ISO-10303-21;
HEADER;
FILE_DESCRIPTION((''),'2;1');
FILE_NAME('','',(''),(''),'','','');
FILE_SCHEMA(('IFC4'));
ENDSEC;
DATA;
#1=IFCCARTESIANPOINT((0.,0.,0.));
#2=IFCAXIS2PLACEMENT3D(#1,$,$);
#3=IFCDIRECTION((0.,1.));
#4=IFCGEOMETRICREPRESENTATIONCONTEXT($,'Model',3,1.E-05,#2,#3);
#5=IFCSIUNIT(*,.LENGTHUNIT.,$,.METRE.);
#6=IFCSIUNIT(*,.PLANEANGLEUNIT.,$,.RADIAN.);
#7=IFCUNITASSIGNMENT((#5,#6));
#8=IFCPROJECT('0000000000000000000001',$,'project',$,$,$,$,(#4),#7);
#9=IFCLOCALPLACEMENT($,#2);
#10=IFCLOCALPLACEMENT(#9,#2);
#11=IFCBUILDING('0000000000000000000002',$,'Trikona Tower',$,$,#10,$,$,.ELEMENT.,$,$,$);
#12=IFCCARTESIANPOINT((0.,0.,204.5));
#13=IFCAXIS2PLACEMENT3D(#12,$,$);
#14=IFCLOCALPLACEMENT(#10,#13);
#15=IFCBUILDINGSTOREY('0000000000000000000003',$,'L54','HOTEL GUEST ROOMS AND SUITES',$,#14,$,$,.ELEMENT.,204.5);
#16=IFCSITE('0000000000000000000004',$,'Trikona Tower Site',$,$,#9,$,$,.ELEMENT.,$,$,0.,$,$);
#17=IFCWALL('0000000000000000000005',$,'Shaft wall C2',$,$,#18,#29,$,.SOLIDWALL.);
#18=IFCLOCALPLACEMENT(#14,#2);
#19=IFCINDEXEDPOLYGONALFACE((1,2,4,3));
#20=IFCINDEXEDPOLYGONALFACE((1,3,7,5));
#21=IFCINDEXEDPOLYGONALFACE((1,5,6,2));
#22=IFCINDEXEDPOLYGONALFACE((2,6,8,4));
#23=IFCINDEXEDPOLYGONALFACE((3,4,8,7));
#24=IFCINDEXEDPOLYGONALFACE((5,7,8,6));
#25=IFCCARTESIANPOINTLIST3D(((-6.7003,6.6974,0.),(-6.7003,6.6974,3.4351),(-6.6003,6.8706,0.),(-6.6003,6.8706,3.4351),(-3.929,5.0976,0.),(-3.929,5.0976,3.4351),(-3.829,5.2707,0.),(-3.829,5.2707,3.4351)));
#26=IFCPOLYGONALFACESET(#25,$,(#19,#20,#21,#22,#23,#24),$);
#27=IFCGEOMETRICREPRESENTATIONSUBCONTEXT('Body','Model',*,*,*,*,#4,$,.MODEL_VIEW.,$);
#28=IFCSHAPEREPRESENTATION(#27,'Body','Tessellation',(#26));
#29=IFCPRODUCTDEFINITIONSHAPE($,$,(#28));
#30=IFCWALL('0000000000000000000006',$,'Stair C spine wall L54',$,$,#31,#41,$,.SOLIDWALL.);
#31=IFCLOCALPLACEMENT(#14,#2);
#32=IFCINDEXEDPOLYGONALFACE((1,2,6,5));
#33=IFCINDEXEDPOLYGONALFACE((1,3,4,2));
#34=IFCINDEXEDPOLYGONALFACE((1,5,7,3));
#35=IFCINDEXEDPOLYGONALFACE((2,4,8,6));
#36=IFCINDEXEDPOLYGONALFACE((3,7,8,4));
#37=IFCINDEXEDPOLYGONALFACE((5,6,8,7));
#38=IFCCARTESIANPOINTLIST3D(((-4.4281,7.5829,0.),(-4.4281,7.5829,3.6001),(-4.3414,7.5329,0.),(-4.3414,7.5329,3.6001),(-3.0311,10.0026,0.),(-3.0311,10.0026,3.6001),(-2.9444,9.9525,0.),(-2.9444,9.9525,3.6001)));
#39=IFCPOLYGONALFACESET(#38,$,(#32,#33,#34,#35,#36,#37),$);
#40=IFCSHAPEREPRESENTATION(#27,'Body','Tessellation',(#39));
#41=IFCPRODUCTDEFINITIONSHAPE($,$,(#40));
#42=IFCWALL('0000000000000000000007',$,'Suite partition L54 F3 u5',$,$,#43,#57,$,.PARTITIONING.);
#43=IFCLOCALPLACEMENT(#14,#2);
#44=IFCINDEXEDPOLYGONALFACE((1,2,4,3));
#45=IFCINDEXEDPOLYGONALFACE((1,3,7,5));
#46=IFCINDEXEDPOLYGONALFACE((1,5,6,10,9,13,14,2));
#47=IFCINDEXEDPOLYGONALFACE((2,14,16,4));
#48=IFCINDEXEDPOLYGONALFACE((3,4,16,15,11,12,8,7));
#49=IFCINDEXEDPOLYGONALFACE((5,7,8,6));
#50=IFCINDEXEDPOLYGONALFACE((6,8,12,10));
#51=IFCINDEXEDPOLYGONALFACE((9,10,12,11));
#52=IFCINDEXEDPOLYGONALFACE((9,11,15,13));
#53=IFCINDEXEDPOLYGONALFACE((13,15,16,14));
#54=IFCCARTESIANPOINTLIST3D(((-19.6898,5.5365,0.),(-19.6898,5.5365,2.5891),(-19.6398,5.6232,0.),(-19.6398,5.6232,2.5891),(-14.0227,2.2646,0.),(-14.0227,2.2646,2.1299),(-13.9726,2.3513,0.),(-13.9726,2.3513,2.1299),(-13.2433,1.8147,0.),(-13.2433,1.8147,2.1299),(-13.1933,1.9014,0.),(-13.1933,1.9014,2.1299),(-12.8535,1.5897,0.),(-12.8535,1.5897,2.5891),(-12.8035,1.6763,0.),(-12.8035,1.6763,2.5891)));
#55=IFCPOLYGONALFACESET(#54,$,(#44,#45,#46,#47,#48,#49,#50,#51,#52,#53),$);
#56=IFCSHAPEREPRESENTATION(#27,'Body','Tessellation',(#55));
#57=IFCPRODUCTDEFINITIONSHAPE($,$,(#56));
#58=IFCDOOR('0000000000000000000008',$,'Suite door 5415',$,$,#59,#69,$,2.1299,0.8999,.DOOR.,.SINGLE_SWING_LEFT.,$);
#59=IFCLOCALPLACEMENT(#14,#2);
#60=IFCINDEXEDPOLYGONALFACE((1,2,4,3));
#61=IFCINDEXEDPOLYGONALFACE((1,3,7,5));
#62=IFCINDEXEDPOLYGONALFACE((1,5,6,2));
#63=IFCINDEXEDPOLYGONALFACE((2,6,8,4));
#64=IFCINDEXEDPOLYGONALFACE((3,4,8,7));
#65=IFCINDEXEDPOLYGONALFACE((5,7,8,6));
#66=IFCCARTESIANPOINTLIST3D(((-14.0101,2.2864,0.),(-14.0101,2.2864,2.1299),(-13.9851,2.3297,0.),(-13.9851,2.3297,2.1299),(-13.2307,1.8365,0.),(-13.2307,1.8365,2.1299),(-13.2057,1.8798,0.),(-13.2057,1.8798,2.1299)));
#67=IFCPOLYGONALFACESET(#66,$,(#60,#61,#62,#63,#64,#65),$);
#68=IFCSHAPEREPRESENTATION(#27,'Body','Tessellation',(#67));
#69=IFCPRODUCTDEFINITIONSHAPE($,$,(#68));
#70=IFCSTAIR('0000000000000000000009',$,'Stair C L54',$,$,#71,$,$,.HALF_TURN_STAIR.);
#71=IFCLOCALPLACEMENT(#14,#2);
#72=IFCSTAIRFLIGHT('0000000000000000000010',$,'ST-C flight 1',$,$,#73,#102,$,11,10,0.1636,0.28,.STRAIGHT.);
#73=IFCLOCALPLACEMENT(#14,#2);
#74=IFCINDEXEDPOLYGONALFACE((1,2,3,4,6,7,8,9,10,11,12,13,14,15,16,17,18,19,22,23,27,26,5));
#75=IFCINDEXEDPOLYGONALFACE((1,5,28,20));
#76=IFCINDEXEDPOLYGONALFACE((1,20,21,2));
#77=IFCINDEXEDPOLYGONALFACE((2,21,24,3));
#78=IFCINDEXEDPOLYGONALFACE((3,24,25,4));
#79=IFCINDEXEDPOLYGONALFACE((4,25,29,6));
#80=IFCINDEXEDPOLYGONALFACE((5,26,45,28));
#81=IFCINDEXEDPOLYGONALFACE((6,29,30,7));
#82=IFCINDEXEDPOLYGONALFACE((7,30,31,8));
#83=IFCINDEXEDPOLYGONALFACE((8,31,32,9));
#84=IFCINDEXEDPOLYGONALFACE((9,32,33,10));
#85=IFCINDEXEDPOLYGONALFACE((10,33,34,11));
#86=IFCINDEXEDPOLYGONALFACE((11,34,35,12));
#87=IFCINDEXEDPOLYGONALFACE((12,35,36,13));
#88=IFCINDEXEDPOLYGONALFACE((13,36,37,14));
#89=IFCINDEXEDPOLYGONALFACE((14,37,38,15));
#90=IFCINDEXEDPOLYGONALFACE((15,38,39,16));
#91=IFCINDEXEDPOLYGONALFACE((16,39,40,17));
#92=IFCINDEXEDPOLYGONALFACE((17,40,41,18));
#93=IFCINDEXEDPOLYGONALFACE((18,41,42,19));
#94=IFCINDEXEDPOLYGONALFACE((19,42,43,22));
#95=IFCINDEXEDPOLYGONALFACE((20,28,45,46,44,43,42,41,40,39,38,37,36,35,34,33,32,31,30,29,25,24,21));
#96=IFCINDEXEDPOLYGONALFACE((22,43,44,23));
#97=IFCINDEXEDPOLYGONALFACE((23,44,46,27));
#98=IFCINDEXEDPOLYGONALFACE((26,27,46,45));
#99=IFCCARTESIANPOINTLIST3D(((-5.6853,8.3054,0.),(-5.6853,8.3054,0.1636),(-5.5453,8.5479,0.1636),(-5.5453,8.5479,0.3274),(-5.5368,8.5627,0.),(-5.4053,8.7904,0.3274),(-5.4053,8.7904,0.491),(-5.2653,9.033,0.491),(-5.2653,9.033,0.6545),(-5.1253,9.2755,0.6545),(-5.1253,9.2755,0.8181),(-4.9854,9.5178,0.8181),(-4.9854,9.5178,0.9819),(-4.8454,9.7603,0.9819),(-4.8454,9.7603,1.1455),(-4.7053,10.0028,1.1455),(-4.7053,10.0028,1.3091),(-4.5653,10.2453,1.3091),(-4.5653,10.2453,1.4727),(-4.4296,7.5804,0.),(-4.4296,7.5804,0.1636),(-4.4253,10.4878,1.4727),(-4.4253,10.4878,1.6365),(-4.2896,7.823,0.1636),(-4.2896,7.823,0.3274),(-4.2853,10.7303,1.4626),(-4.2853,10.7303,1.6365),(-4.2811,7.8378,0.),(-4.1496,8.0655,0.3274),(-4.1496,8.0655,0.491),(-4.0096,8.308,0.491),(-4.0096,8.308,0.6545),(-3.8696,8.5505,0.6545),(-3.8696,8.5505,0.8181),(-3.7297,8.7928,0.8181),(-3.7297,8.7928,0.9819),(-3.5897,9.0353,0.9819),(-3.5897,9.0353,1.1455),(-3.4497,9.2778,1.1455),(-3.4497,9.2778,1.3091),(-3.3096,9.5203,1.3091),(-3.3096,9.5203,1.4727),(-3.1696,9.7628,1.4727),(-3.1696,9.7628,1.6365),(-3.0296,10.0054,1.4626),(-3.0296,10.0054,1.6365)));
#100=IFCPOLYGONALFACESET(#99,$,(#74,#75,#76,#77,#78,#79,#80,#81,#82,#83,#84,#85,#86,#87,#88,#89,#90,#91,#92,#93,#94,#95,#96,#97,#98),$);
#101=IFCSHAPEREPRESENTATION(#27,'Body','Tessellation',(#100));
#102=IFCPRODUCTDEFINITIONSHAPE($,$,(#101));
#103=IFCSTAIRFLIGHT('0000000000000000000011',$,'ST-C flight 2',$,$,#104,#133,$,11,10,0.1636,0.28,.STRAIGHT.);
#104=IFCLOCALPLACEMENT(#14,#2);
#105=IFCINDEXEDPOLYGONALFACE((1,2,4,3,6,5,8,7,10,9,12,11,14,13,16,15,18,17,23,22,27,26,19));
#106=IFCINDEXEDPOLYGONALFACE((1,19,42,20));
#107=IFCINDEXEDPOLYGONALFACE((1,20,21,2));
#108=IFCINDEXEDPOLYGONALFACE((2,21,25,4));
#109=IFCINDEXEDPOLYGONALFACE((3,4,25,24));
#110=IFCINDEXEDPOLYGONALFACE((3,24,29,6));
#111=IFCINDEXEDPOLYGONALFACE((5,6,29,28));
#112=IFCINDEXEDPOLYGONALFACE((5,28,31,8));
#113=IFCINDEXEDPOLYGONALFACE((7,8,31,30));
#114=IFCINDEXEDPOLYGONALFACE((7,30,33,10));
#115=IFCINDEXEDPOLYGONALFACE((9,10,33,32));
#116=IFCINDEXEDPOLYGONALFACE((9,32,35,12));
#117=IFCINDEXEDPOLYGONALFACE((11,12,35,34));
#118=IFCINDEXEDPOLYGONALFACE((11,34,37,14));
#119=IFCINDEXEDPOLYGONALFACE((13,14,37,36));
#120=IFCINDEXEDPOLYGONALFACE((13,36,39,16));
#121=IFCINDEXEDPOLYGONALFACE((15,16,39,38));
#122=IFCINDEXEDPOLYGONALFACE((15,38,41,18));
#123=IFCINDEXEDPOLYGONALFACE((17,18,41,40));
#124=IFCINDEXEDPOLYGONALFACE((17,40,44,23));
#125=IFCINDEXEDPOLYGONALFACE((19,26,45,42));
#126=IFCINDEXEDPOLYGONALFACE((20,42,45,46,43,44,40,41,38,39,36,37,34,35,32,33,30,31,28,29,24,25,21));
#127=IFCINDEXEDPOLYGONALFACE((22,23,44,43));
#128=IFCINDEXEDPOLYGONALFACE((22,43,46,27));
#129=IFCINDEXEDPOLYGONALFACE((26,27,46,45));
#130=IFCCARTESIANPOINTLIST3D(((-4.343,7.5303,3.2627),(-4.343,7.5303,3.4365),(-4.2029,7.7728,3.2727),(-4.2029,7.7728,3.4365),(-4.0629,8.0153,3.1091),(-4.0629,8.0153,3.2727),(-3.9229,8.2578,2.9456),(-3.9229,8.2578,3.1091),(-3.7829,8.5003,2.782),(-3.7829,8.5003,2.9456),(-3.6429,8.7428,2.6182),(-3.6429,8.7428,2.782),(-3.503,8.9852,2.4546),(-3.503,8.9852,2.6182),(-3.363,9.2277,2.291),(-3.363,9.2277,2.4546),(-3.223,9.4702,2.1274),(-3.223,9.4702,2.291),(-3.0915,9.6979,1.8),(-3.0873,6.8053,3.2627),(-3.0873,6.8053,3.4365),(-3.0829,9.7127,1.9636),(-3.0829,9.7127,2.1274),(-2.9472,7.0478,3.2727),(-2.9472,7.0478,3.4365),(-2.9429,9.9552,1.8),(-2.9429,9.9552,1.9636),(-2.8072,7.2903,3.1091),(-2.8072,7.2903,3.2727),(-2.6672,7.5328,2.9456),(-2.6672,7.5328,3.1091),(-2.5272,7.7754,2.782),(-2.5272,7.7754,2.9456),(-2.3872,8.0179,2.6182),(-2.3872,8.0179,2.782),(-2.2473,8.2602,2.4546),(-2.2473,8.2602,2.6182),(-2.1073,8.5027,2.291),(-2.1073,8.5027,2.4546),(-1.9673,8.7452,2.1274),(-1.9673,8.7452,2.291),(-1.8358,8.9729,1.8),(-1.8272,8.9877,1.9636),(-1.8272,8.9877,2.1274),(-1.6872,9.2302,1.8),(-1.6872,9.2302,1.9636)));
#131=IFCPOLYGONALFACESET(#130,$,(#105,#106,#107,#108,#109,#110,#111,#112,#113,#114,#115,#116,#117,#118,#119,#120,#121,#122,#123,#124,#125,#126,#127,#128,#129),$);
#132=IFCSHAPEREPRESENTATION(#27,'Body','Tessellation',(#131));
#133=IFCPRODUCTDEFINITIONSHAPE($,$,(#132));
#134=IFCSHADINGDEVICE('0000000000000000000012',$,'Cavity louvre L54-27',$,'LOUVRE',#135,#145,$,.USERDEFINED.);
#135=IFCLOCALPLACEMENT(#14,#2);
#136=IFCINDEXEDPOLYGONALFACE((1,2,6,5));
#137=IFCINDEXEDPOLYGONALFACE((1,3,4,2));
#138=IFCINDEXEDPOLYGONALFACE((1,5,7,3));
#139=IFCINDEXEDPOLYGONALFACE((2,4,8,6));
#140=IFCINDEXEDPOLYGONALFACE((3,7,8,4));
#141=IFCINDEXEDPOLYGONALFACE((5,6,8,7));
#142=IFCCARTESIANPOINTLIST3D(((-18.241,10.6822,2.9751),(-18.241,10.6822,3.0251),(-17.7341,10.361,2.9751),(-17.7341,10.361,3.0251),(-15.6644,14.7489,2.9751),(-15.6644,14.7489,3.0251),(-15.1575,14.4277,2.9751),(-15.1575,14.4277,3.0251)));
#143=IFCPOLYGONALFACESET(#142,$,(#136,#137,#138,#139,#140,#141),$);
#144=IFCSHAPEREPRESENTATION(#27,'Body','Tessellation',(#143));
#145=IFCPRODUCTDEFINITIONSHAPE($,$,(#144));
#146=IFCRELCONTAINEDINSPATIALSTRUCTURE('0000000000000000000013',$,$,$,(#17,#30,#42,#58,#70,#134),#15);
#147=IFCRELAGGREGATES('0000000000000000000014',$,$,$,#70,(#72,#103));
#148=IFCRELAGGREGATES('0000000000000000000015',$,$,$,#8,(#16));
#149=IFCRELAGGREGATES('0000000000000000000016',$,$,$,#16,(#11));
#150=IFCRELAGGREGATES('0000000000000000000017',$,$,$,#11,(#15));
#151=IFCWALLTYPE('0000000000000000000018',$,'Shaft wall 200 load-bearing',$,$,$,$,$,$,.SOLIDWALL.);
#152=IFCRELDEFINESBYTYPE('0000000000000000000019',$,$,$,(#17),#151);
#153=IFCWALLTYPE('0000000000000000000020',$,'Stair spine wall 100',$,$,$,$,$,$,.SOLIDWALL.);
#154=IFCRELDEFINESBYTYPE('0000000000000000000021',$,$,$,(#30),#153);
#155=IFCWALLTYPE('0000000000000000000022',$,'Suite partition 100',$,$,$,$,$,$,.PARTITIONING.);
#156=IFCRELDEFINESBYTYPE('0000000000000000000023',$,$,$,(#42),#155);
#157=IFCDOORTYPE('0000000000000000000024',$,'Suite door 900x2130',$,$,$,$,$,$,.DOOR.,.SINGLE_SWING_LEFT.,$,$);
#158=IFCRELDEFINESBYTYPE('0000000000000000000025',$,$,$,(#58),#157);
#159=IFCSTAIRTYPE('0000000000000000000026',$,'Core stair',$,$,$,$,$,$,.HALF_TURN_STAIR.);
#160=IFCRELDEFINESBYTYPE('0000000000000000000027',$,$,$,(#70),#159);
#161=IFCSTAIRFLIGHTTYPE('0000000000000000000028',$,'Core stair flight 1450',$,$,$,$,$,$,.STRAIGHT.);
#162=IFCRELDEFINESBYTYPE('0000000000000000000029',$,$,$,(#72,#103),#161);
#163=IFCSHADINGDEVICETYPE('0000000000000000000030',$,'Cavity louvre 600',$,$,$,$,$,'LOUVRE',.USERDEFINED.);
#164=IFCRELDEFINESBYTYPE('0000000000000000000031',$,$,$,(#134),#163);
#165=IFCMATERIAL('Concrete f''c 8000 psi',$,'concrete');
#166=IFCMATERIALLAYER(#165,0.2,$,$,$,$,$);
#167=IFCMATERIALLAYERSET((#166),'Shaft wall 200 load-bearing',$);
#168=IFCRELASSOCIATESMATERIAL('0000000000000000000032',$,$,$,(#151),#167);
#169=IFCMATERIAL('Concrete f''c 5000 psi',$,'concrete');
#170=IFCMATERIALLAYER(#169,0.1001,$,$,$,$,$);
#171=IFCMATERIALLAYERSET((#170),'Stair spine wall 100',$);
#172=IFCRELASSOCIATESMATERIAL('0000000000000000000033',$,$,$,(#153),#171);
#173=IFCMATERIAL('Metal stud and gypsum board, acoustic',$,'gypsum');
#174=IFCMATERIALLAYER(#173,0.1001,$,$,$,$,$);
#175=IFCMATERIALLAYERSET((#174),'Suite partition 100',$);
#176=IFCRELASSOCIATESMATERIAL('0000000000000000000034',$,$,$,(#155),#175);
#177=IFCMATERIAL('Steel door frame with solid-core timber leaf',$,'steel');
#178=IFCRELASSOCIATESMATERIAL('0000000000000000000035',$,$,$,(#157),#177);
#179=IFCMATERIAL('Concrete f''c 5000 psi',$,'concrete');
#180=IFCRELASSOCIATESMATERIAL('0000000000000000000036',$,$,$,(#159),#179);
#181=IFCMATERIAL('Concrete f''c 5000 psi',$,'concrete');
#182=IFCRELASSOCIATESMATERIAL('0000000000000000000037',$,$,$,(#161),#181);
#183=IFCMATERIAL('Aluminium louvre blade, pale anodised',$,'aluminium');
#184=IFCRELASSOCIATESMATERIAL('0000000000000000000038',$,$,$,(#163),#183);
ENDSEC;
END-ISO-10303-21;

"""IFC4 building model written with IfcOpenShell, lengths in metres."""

from ifc_helpers import new_model, si_unit, direction, frame, frame_2d, origin, origin_2d, place, context, subcontext, project, spatial, polyline, rectangle, outline, extrude, material, layer, layer_set, type_object, element, fill, aggregate, save


model = new_model("IFC4")

# Units and contexts
model_context = context("Model", 3, precision=1e-05, world=origin(), true_north=direction((0.0, 1.0)))
body_context = subcontext(model_context, "Body", "Model", "MODEL_VIEW")
ifc_project = project(units=[si_unit("LENGTHUNIT", "METRE"), si_unit("PLANEANGLEUNIT", "RADIAN")], contexts=[model_context])

# Site, building, storey
site_placement = place(None, origin())
site = spatial("IfcSite", under=ifc_project, at=site_placement, Name="Trikona Tower Site", CompositionType="ELEMENT", RefElevation=0.0)
building_placement = place(site_placement, origin())
building = spatial("IfcBuilding", under=site, at=building_placement, Name="Trikona Tower", CompositionType="ELEMENT")
storey_placement = place(building_placement, frame((0.0, 0.0, 204.5)))
storey = spatial("IfcBuildingStorey", under=building, at=storey_placement, Name="L54", Description="HOTEL GUEST ROOMS AND SUITES", CompositionType="ELEMENT", Elevation=204.5)

# Walls
ifc_material_1 = material(Name="Concrete f'c 8000 psi", Category="concrete")
ifc_layer_1 = layer(ifc_material_1, 0.2)
ifc_layer_set_1 = layer_set([ifc_layer_1], Name="Shaft wall 200 load-bearing")
wall_type_1 = type_object("IfcWallType", Name="Shaft wall 200 load-bearing", PredefinedType="SOLIDWALL", material=ifc_layer_set_1)
for number, where, z_axis, x_axis, name in (
    (1, (-3.8789, 5.1841, 0.0), (0.0, 0.0, 1.0), (-0.866042, 0.499971, 0.0), "Shaft wall C2"),
):
    element("IfcWall", number, at=place(storey_placement, frame(where, z_axis=z_axis, x_axis=x_axis)), inside=storey, type_object=wall_type_1, Name=name, PredefinedType="SOLIDWALL", context=body_context, shape_type="SweptSolid", body=[
        extrude(rectangle(XDim=3.2, YDim=0.2, at=frame_2d((1.6001, 0.0))), origin(), (0.0, 0.0, 1.0), 3.4351),
    ])
ifc_material_2 = material(Name="Concrete f'c 5000 psi", Category="concrete")
ifc_layer_2 = layer(ifc_material_2, 0.1001)
ifc_layer_set_2 = layer_set([ifc_layer_2], Name="Stair spine wall 100")
wall_type_2 = type_object("IfcWallType", Name="Stair spine wall 100", PredefinedType="SOLIDWALL", material=ifc_layer_set_2)
wall_1_placement = place(storey_placement, frame((-2.9878, 9.9775, 0.0), z_axis=(0.0, 0.0, 1.0), x_axis=(-0.499992, -0.86603, 0.0)))
element("IfcWall", 2, at=wall_1_placement, inside=storey, type_object=wall_type_2, Name="Stair C spine wall L54", PredefinedType="SOLIDWALL", context=body_context, shape_type="SweptSolid", body=[
    extrude(rectangle(XDim=2.7939, YDim=0.1001, at=frame_2d((1.397, 0.0))), origin(), (0.0, 0.0, 1.0), 3.6001),
])

# Wall, opening, door
ifc_material_3 = material(Name="Metal stud and gypsum board, acoustic", Category="gypsum")
ifc_layer_3 = layer(ifc_material_3, 0.1001)
ifc_layer_set_3 = layer_set([ifc_layer_3], Name="Suite partition 100")
wall_type_3 = type_object("IfcWallType", Name="Suite partition 100", PredefinedType="PARTITIONING", material=ifc_layer_set_3)
wall_2_placement = place(storey_placement, frame((-12.8286, 1.6331, 0.0), z_axis=(0.0, 0.0, 1.0), x_axis=(-0.866031, 0.499991, 0.0)))
wall_2 = element("IfcWall", 3, at=wall_2_placement, inside=storey, type_object=wall_type_3, Name="Suite partition L54 F3 u5", PredefinedType="PARTITIONING", context=body_context, shape_type="SweptSolid", body=[
    extrude(rectangle(XDim=7.8938, YDim=0.1001, at=frame_2d((3.9468, 0.0))), origin(), (0.0, 0.0, 1.0), 2.5891),
])
opening_1_placement = place(wall_2_placement, frame((0.45, 0.0, 0.0)))
opening_1 = element("IfcOpeningElement", 4, at=opening_1_placement, cuts=wall_2, PredefinedType="OPENING", context=body_context, shape_type="SweptSolid", body=[
    extrude(rectangle(XDim=0.8999, YDim=2.1299, at=frame_2d((0.45, 1.0649))), frame((0.0, 0.0601, 0.0), z_axis=(0.0, -1.0, 0.0), x_axis=(1.0, 0.0, 0.0)), (0.0, 0.0, 1.0), 0.1201),
])
ifc_material_4 = material(Name="Steel door frame with solid-core timber leaf", Category="steel")
door_type_1 = type_object("IfcDoorType", Name="Suite door 900x2130", OperationType="SINGLE_SWING_LEFT", PredefinedType="DOOR", material=ifc_material_4)
door_1_placement = place(opening_1_placement, origin())
door_1 = element("IfcDoor", 5, at=door_1_placement, inside=storey, type_object=door_type_1, Name="Suite door 5415", OperationType="SINGLE_SWING_LEFT", OverallHeight=2.1299, OverallWidth=0.8999, PredefinedType="DOOR", context=body_context, shape_type="SweptSolid", body=[
    extrude(rectangle(XDim=0.8999, YDim=2.1299, at=frame_2d((0.45, 1.0649))), frame((0.0, 0.0249, 0.0), z_axis=(0.0, -1.0, 0.0), x_axis=(1.0, 0.0, 0.0)), (0.0, 0.0, 1.0), 0.05),
])
fill(opening_1, door_1)

# Stair, stair flights
ifc_material_5 = material(Name="Concrete f'c 5000 psi", Category="concrete")
stair_type = type_object("IfcStairType", Name="Core stair", PredefinedType="HALF_TURN_STAIR", material=ifc_material_5)
stair_placement = place(storey_placement, origin())
stair = element("IfcStair", 6, at=stair_placement, inside=storey, type_object=stair_type, Name="Stair C L54", PredefinedType="HALF_TURN_STAIR")
ifc_material_6 = material(Name="Concrete f'c 5000 psi", Category="concrete")
stair_flight_type = type_object("IfcStairFlightType", Name="Core stair flight 1450", PredefinedType="STRAIGHT", material=ifc_material_6)
stair_flight_1_placement = place(storey_placement, frame((-5.0574, 7.9429, 0.0), z_axis=(0.0, 0.0, 1.0), x_axis=(0.5, 0.866025, 0.0)))
stair_flight_1 = element("IfcStairFlight", 7, at=stair_flight_1_placement, type_object=stair_flight_type, Name="ST-C flight 1", NumberOfRisers=11, NumberOfTreads=10, PredefinedType="STRAIGHT", RiserHeight=0.1636, TreadLength=0.28, context=body_context, shape_type="SweptSolid", body=[
    extrude(outline(polyline([(0.0, 0.0), (0.0, 0.1636), (0.28, 0.1636), (0.28, 0.3274), (0.5601, 0.3274), (0.5601, 0.491), (0.8401, 0.491), (0.8401, 0.6545), (1.1201, 0.6545), (1.1201, 0.8181), (1.3999, 0.8181), (1.3999, 0.9819), (1.6799, 0.9819), (1.6799, 1.1455), (1.96, 1.1455), (1.96, 1.3091), (2.24, 1.3091), (2.24, 1.4727), (2.52, 1.4727), (2.52, 1.6365), (2.8, 1.6365), (2.8, 1.8), (2.8, 1.4626), (0.2971, 0.0), (0.0, 0.0)])), frame((0.0, 0.7251, 0.0), z_axis=(0.0, -1.0, 0.0), x_axis=(1.0, 0.0, 0.0)), (0.0, 0.0, 1.0), 1.45),
])
stair_flight_2_placement = place(storey_placement, frame((-2.3152, 9.5928, 1.8), z_axis=(0.0, 0.0, 1.0), x_axis=(-0.5, -0.866025, 0.0)))
stair_flight_2 = element("IfcStairFlight", 8, at=stair_flight_2_placement, type_object=stair_flight_type, Name="ST-C flight 2", NumberOfRisers=11, NumberOfTreads=10, PredefinedType="STRAIGHT", RiserHeight=0.1636, TreadLength=0.28, context=body_context, shape_type="SweptSolid", body=[
    extrude(outline(polyline([(0.0, 0.0), (0.0, 0.1636), (0.28, 0.1636), (0.28, 0.3274), (0.5601, 0.3274), (0.5601, 0.491), (0.8401, 0.491), (0.8401, 0.6545), (1.1201, 0.6545), (1.1201, 0.8181), (1.3999, 0.8181), (1.3999, 0.9819), (1.6799, 0.9819), (1.6799, 1.1455), (1.96, 1.1455), (1.96, 1.3091), (2.24, 1.3091), (2.24, 1.4727), (2.52, 1.4727), (2.52, 1.6365), (2.8, 1.6365), (2.8, 1.8), (2.8, 1.4626), (0.2971, 0.0), (0.0, 0.0)])), frame((0.0, 0.7251, 0.0), z_axis=(0.0, -1.0, 0.0), x_axis=(1.0, 0.0, 0.0)), (0.0, 0.0, 1.0), 1.45),
])
aggregate(stair, [stair_flight_1, stair_flight_2])

# Shading device
ifc_material_7 = material(Name="Aluminium louvre blade, pale anodised", Category="aluminium")
shading_device_type = type_object("IfcShadingDeviceType", Name="Cavity louvre 600", ElementType="LOUVRE", PredefinedType="USERDEFINED", material=ifc_material_7)
shading_device_placement = place(storey_placement, frame((-16.6992, 12.5549, 2.9751), z_axis=(0.0, 0.0, 1.0), x_axis=(-0.535205, -0.844722, 0.0)))
element("IfcShadingDevice", 9, at=shading_device_placement, inside=storey, type_object=shading_device_type, Name="Cavity louvre L54-27", ObjectType="LOUVRE", PredefinedType="USERDEFINED", context=body_context, shape_type="SweptSolid", body=[
    extrude(rectangle(XDim=4.8142, YDim=0.6001, at=origin_2d()), origin(), (0.0, 0.0, 1.0), 0.05),
])

save(model, "model.ifc")
